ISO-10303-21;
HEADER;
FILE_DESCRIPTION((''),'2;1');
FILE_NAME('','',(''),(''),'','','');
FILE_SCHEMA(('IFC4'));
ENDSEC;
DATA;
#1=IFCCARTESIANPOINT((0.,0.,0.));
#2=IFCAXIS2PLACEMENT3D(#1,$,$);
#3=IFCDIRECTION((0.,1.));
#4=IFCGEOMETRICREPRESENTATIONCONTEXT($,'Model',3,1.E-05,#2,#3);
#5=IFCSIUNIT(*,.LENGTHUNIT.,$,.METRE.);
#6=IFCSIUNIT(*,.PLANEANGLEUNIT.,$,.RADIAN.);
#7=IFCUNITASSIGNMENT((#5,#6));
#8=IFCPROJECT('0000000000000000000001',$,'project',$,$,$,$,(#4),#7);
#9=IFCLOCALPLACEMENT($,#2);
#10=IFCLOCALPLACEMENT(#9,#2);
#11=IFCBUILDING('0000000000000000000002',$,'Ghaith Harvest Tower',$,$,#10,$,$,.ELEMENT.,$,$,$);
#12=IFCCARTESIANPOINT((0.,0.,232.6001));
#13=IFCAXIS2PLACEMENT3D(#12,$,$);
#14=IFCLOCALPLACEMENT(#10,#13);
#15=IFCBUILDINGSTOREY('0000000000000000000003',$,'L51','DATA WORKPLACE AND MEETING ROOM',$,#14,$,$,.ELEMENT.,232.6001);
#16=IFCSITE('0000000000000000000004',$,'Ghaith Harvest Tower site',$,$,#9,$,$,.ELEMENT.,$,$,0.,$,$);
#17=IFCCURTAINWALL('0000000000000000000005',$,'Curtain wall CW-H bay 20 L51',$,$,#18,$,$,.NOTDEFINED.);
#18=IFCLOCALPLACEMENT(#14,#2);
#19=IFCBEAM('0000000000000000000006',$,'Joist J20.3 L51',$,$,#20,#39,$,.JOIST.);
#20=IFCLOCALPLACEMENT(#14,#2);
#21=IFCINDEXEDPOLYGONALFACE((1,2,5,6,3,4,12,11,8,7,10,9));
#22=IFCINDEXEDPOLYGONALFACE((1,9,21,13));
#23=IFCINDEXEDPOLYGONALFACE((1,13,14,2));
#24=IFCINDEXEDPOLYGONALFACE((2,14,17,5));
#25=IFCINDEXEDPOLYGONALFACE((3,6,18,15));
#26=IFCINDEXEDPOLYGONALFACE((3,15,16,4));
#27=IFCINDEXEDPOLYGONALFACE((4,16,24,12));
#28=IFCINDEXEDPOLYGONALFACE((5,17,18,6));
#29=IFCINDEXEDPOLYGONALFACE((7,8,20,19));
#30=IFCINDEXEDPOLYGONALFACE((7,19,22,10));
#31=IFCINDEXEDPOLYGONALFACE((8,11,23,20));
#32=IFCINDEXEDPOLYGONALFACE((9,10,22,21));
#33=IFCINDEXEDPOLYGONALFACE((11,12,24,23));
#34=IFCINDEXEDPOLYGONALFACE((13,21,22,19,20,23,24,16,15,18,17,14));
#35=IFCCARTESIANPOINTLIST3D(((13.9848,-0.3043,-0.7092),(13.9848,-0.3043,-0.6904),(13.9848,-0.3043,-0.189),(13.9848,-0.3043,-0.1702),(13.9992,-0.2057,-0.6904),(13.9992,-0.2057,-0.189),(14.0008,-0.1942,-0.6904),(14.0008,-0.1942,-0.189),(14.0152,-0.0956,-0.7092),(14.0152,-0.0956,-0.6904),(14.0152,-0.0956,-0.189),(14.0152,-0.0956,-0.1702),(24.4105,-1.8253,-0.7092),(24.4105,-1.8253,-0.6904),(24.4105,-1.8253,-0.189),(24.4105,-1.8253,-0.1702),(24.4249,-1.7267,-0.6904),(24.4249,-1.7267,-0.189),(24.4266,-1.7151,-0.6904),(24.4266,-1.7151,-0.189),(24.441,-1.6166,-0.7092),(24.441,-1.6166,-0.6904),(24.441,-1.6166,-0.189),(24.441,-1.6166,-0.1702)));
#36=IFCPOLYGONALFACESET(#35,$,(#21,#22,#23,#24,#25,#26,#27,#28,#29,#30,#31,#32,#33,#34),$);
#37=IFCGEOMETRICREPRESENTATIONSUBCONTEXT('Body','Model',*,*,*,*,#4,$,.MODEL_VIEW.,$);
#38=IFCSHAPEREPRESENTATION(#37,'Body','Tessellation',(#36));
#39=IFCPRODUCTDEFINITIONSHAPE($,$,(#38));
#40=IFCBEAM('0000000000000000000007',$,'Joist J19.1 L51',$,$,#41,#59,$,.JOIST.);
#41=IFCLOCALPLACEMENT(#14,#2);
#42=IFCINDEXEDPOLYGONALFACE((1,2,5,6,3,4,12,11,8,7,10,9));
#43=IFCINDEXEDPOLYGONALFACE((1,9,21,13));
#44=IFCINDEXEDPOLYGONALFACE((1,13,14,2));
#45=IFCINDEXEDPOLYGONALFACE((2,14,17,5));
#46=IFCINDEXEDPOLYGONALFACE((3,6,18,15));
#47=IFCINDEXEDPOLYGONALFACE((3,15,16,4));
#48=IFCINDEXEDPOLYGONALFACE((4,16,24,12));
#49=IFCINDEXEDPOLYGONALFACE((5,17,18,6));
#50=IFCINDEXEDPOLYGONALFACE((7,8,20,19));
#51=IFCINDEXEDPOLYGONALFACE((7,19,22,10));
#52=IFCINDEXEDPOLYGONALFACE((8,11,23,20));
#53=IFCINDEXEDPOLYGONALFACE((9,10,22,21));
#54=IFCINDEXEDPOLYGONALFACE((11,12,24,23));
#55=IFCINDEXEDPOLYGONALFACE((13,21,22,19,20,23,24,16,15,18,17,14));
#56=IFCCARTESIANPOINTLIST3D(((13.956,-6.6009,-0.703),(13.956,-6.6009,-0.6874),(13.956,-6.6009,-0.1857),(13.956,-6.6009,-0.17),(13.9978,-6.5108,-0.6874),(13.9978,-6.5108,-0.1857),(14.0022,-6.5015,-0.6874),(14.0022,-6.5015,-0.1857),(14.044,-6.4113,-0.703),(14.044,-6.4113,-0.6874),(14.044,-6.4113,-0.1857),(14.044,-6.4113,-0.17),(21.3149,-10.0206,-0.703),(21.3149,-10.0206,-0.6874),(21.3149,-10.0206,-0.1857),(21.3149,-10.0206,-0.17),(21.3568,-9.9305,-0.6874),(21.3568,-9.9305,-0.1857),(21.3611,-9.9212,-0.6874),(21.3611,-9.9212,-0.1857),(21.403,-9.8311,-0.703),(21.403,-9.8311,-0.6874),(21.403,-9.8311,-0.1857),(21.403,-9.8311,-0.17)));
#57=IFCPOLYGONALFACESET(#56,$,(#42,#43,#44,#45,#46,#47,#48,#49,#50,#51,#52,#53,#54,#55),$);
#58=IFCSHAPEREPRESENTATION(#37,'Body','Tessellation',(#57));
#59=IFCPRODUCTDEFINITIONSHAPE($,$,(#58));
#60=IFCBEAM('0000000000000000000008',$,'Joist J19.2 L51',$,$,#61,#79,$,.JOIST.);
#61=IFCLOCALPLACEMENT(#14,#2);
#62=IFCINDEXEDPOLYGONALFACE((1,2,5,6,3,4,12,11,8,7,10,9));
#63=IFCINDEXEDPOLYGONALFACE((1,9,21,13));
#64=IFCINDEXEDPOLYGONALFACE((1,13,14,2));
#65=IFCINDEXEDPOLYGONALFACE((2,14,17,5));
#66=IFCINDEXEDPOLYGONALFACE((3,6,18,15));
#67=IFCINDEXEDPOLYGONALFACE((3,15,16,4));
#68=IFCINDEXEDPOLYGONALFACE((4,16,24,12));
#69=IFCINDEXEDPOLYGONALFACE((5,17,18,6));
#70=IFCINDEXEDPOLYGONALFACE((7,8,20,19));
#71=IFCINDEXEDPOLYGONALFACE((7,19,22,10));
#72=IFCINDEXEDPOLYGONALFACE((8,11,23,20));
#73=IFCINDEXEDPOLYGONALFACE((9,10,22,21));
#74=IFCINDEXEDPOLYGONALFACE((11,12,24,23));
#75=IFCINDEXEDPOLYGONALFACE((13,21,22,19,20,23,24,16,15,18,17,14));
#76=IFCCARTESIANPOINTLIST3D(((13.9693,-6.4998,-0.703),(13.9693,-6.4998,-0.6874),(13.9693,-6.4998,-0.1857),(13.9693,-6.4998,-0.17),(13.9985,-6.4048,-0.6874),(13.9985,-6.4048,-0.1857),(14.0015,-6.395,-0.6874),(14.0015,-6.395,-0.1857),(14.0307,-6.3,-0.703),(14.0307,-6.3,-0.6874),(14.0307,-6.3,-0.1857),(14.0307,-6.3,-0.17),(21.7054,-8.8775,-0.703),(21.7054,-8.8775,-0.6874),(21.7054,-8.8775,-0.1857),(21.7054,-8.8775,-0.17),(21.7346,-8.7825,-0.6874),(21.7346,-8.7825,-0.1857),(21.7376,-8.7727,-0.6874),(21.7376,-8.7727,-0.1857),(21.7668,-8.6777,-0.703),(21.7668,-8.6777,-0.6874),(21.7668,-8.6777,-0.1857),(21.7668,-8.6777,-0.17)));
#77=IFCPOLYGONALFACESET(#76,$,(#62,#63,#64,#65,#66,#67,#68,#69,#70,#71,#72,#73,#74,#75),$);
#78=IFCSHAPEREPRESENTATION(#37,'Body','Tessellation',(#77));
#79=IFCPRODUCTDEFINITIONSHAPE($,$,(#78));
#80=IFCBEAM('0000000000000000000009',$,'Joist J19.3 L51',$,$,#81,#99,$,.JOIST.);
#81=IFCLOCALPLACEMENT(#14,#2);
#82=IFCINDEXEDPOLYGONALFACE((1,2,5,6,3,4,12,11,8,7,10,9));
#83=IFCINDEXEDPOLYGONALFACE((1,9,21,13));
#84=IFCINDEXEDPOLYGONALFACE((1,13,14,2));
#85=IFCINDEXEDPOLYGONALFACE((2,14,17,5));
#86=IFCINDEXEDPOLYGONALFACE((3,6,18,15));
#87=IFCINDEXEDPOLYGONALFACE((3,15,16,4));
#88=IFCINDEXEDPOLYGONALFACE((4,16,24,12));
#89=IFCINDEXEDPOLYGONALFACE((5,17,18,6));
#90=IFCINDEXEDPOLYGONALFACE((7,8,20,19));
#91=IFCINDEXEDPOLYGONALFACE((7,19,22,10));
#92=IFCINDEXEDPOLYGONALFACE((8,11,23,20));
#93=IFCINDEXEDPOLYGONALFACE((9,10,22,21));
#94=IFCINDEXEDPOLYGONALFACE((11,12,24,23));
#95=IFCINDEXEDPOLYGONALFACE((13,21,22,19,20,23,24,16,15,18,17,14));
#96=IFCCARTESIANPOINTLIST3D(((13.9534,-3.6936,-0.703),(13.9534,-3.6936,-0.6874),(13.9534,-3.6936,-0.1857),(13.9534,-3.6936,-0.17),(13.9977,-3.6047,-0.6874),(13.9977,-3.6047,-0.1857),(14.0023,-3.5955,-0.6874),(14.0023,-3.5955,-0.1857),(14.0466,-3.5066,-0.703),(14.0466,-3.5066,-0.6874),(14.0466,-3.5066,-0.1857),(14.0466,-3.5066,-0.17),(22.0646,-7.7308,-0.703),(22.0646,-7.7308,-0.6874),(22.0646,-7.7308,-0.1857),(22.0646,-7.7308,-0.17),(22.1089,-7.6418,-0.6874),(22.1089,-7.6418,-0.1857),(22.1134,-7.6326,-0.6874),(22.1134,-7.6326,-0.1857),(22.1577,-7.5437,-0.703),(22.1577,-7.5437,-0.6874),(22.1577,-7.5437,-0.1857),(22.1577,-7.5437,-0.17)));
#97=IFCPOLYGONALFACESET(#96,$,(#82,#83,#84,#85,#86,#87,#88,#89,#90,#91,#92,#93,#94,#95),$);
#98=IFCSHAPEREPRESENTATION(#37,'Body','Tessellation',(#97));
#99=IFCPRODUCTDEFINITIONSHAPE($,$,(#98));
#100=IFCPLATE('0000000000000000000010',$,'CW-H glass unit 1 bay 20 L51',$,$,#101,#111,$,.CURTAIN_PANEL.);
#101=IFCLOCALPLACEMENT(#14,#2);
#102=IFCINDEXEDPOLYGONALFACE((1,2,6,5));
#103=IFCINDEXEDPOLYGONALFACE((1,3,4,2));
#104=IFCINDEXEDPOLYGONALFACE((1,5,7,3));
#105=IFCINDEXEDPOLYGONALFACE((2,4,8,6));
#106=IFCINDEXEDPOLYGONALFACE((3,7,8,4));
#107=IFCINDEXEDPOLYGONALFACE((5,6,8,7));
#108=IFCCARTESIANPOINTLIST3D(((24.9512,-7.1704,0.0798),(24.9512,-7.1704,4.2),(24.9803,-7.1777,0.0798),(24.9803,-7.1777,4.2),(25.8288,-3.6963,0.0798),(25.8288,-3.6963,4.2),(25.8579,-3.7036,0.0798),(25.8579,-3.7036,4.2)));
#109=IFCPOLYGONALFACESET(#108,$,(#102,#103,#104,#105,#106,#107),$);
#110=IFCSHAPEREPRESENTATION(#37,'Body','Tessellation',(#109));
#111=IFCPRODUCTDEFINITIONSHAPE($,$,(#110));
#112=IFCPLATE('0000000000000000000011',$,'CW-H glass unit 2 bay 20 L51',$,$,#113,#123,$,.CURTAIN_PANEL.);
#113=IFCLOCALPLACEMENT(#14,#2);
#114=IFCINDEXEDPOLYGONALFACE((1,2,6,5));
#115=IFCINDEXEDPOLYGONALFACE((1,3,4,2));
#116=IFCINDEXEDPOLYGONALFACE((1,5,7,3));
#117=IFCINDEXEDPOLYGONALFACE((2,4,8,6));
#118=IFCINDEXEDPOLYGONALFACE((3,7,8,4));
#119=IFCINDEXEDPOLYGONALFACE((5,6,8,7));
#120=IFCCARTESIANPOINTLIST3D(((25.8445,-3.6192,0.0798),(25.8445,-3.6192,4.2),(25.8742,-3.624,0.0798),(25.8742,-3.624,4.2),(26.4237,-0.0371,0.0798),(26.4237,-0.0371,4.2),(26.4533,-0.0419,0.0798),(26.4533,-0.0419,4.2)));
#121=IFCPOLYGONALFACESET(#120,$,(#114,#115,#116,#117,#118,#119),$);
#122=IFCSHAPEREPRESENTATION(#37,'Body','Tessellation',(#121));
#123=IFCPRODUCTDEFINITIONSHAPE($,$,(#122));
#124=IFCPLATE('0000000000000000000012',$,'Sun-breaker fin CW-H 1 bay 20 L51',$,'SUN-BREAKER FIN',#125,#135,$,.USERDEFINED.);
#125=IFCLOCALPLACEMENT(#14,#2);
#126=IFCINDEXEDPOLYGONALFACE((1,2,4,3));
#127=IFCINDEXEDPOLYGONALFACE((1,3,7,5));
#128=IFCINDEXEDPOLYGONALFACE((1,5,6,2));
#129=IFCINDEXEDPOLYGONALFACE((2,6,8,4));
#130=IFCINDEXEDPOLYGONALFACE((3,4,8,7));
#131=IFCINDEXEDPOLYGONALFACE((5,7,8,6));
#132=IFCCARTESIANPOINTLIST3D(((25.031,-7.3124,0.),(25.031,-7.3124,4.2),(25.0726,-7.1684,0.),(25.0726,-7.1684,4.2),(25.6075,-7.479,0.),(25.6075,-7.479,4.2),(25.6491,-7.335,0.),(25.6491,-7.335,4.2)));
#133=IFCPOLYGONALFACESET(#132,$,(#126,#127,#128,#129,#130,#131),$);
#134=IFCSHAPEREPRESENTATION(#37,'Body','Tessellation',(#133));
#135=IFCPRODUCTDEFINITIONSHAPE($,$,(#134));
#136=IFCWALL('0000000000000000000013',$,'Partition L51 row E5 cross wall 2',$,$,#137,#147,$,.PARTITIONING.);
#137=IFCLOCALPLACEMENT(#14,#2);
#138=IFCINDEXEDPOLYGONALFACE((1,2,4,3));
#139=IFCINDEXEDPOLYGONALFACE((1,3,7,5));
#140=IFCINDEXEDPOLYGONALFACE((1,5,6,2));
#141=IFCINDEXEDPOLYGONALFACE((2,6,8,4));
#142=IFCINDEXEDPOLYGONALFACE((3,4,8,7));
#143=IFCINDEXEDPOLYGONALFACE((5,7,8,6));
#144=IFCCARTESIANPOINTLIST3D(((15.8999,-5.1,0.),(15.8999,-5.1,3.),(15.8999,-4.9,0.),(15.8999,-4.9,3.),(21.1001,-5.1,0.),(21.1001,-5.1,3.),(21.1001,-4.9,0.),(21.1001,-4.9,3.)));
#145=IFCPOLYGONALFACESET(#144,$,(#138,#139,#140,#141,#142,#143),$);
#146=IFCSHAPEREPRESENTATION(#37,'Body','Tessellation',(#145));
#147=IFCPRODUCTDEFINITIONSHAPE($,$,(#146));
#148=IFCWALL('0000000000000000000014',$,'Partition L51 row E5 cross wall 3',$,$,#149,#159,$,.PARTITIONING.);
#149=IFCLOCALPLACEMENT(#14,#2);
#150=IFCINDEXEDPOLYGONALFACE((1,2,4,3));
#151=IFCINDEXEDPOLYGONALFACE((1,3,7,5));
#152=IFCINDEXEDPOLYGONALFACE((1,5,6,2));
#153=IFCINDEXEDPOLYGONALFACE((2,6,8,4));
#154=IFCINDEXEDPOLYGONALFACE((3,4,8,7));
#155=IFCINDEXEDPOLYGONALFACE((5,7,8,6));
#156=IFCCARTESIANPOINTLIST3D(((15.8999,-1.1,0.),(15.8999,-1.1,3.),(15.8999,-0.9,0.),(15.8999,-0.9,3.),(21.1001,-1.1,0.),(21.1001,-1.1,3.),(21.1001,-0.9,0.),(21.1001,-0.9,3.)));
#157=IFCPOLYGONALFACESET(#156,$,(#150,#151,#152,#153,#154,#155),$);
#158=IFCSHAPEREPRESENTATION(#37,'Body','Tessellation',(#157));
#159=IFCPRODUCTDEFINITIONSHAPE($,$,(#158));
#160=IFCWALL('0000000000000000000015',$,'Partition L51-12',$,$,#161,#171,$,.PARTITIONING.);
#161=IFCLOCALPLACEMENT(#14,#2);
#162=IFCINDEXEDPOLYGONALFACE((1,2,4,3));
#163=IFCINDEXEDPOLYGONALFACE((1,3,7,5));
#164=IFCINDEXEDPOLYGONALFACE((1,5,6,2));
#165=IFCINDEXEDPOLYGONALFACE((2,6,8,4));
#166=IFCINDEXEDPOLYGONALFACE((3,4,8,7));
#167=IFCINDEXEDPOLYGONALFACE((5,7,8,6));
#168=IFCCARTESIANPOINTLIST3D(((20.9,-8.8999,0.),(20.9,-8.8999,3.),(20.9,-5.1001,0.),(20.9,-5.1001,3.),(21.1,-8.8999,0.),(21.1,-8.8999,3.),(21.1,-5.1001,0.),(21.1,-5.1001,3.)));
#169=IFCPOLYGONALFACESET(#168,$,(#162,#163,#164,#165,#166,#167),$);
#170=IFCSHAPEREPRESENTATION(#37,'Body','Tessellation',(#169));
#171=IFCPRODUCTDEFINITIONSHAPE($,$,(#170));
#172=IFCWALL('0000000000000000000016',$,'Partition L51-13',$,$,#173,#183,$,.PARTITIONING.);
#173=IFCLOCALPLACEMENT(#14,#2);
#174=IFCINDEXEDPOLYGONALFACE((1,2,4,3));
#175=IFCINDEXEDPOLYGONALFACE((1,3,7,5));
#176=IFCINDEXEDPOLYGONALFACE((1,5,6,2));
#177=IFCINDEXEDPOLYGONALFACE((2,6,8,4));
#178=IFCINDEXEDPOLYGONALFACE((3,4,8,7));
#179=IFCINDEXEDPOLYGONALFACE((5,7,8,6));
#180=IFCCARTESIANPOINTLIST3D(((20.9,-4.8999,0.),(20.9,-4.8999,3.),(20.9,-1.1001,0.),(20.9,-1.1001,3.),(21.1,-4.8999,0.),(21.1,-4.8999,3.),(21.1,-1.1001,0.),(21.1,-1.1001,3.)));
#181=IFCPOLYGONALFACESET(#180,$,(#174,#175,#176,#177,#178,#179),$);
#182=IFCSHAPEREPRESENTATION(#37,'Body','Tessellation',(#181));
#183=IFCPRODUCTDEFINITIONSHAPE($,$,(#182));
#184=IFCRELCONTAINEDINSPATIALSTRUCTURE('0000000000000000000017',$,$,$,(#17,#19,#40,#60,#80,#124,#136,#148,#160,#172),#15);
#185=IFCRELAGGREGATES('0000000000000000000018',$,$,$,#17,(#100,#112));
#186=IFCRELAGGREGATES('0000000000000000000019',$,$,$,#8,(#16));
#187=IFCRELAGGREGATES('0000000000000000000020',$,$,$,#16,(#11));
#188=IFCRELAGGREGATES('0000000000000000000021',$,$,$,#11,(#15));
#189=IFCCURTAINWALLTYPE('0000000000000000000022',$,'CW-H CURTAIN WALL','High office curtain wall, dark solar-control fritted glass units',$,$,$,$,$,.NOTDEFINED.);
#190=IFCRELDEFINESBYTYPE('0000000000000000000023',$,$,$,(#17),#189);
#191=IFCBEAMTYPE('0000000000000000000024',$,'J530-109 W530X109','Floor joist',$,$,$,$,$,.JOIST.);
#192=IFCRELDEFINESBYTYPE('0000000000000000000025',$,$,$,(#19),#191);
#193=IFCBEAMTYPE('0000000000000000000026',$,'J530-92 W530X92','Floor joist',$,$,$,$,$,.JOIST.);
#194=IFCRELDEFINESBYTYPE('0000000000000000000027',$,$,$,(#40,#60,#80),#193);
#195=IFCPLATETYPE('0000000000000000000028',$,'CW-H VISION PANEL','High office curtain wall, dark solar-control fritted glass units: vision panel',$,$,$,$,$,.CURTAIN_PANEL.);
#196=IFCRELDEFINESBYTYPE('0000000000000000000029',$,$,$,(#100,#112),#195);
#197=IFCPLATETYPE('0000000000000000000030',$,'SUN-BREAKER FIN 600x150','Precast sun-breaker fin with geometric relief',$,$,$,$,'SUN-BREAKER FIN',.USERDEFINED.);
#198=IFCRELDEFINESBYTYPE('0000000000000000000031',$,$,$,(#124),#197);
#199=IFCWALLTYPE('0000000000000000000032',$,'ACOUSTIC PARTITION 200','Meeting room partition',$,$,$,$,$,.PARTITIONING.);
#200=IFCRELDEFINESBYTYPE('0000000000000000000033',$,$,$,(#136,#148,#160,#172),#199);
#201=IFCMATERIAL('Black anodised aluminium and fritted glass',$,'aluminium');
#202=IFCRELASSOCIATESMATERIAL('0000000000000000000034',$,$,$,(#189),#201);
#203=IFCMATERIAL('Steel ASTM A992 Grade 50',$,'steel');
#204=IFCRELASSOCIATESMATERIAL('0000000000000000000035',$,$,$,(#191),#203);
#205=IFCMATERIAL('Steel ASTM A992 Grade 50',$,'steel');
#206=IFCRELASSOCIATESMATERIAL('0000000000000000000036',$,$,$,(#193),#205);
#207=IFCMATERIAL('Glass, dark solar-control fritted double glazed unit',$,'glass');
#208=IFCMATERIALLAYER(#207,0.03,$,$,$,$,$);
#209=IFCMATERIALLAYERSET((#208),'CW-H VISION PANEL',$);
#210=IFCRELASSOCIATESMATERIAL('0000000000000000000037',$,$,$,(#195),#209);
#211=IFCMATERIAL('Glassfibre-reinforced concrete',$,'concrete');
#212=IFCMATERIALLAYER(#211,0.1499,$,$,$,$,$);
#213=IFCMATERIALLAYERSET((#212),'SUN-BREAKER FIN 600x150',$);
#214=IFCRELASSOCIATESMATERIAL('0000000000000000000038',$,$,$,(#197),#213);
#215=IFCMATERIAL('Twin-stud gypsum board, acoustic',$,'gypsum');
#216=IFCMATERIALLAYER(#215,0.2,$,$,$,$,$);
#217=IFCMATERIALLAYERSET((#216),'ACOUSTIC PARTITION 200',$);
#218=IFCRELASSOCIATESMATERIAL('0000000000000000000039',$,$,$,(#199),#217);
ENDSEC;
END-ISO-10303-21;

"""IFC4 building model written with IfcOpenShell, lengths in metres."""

from ifc_helpers import new_model, si_unit, direction, frame, frame_2d, origin, origin_2d, place, context, subcontext, project, spatial, rectangle, i_section, extrude, material, layer, layer_set, material_profile, profile_set, type_object, element, aggregate, save


model = new_model("IFC4")

# Units and contexts
model_context = context("Model", 3, precision=1e-05, world=origin(), true_north=direction((0.0, 1.0)))
body_context = subcontext(model_context, "Body", "Model", "MODEL_VIEW")
ifc_project = project(units=[si_unit("LENGTHUNIT", "METRE"), si_unit("PLANEANGLEUNIT", "RADIAN")], contexts=[model_context])

# Site, building, storey
site_placement = place(None, origin())
site = spatial("IfcSite", under=ifc_project, at=site_placement, Name="Ghaith Harvest Tower site", CompositionType="ELEMENT", RefElevation=0.0)
building_placement = place(site_placement, origin())
building = spatial("IfcBuilding", under=site, at=building_placement, Name="Ghaith Harvest Tower", CompositionType="ELEMENT")
storey_placement = place(building_placement, frame((0.0, 0.0, 232.6001)))
storey = spatial("IfcBuildingStorey", under=building, at=storey_placement, Name="L51", Description="DATA WORKPLACE AND MEETING ROOM", CompositionType="ELEMENT", Elevation=232.6001)

# Curtain wall
ifc_material_1 = material(Name="Black anodised aluminium and fritted glass", Category="aluminium")
curtain_wall_type = type_object("IfcCurtainWallType", Name="CW-H CURTAIN WALL", Description="High office curtain wall, dark solar-control fritted glass units", PredefinedType="NOTDEFINED", material=ifc_material_1)
curtain_wall_placement = place(storey_placement, origin())
curtain_wall = element("IfcCurtainWall", 1, at=curtain_wall_placement, inside=storey, type_object=curtain_wall_type, Name="Curtain wall CW-H bay 20 L51", PredefinedType="NOTDEFINED")

# Beams
ifc_material_2 = material(Name="Steel ASTM A992 Grade 50", Category="steel")
ifc_material_profile_1 = material_profile(ifc_material_2, i_section(OverallWidth=0.2109, OverallDepth=0.5391, WebThickness=0.0117, FlangeThickness=0.0188, at=origin_2d()), Name="W530X109")
ifc_profile_set_1 = profile_set([ifc_material_profile_1], Name="Steel ASTM A992 Grade 50")
beam_type_1 = type_object("IfcBeamType", Name="J530-109 W530X109", Description="Floor joist", PredefinedType="JOIST", material=ifc_profile_set_1)
beam_1_placement = place(storey_placement, frame((14.0, -0.2, -0.4397), z_axis=(0.989525, -0.14436, 0.0), x_axis=(0.14436, 0.989525, 0.0)))
element("IfcBeam", 2, at=beam_1_placement, inside=storey, type_object=beam_type_1, Name="Joist J20.3 L51", PredefinedType="JOIST", context=body_context, shape_type="SweptSolid", body=[
    extrude(i_section(OverallWidth=0.2109, OverallDepth=0.5391, WebThickness=0.0117, FlangeThickness=0.0188, at=origin_2d()), origin(), (0.0, 0.0, 1.0), 10.5361),
])
ifc_material_3 = material(Name="Steel ASTM A992 Grade 50", Category="steel")
ifc_material_profile_2 = material_profile(ifc_material_3, i_section(OverallWidth=0.209, OverallDepth=0.533, WebThickness=0.0103, FlangeThickness=0.0156, at=origin_2d()), Name="W530X92")
ifc_profile_set_2 = profile_set([ifc_material_profile_2], Name="Steel ASTM A992 Grade 50")
beam_type_2 = type_object("IfcBeamType", Name="J530-92 W530X92", Description="Floor joist", PredefinedType="JOIST", material=ifc_profile_set_2)
beam_2_placement = place(storey_placement, frame((14.0, -6.5061, -0.4365), z_axis=(0.906865, -0.421421, 0.0), x_axis=(0.421421, 0.906865, 0.0)))
element("IfcBeam", 3, at=beam_2_placement, inside=storey, type_object=beam_type_2, Name="Joist J19.1 L51", PredefinedType="JOIST", context=body_context, shape_type="SweptSolid", body=[
    extrude(i_section(OverallWidth=0.209, OverallDepth=0.533, WebThickness=0.0103, FlangeThickness=0.0156, at=origin_2d()), origin(), (0.0, 0.0, 1.0), 8.1147),
])
beam_3_placement = place(storey_placement, frame((14.0, -6.3999, -0.4365), z_axis=(0.955871, -0.293787, 0.0), x_axis=(0.293787, 0.955871, 0.0)))
element("IfcBeam", 4, at=beam_3_placement, inside=storey, type_object=beam_type_2, Name="Joist J19.2 L51", PredefinedType="JOIST", context=body_context, shape_type="SweptSolid", body=[
    extrude(i_section(OverallWidth=0.209, OverallDepth=0.533, WebThickness=0.0103, FlangeThickness=0.0156, at=origin_2d()), origin(), (0.0, 0.0, 1.0), 8.0933),
])
beam_4_placement = place(storey_placement, frame((14.0, -3.6001, -0.4365), z_axis=(0.895239, -0.445585, 0.0), x_axis=(0.445585, 0.895239, 0.0)))
element("IfcBeam", 5, at=beam_4_placement, inside=storey, type_object=beam_type_2, Name="Joist J19.3 L51", PredefinedType="JOIST", context=body_context, shape_type="SweptSolid", body=[
    extrude(i_section(OverallWidth=0.209, OverallDepth=0.533, WebThickness=0.0103, FlangeThickness=0.0156, at=origin_2d()), origin(), (0.0, 0.0, 1.0), 9.0603),
])

# Plates
ifc_material_4 = material(Name="Glass, dark solar-control fritted double glazed unit", Category="glass")
ifc_layer_1 = layer(ifc_material_4, 0.03)
ifc_layer_set_1 = layer_set([ifc_layer_1], Name="CW-H VISION PANEL")
plate_type_1 = type_object("IfcPlateType", Name="CW-H VISION PANEL", Description="High office curtain wall, dark solar-control fritted glass units: vision panel", PredefinedType="CURTAIN_PANEL", material=ifc_layer_set_1)
plate_1_placement = place(storey_placement, frame((25.4045, -5.437, 0.0798), z_axis=(0.0, 0.0, 1.0), x_axis=(0.244926, 0.969542, 0.0)))
plate_1 = element("IfcPlate", 6, at=plate_1_placement, type_object=plate_type_1, Name="CW-H glass unit 1 bay 20 L51", PredefinedType="CURTAIN_PANEL", context=body_context, shape_type="SweptSolid", body=[
    extrude(rectangle(XDim=3.5833, YDim=0.03, at=origin_2d()), origin(), (0.0, 0.0, 1.0), 4.1201),
])
plate_2_placement = place(storey_placement, frame((26.1489, -1.8306, 0.0798), z_axis=(0.0, 0.0, 1.0), x_axis=(0.159601, 0.987182, 0.0)))
plate_2 = element("IfcPlate", 7, at=plate_2_placement, type_object=plate_type_1, Name="CW-H glass unit 2 bay 20 L51", PredefinedType="CURTAIN_PANEL", context=body_context, shape_type="SweptSolid", body=[
    extrude(rectangle(XDim=3.6287, YDim=0.03, at=origin_2d()), origin(), (0.0, 0.0, 1.0), 4.1201),
])
aggregate(curtain_wall, [plate_1, plate_2])
ifc_material_5 = material(Name="Glassfibre-reinforced concrete", Category="concrete")
ifc_layer_2 = layer(ifc_material_5, 0.1499)
ifc_layer_set_2 = layer_set([ifc_layer_2], Name="SUN-BREAKER FIN 600x150")
plate_type_2 = type_object("IfcPlateType", Name="SUN-BREAKER FIN 600x150", Description="Precast sun-breaker fin with geometric relief", ElementType="SUN-BREAKER FIN", PredefinedType="USERDEFINED", material=ifc_layer_set_2)
plate_3_placement = place(storey_placement, frame((25.3401, -7.3237, 0.0), z_axis=(0.0, 0.0, 1.0), x_axis=(0.96068, -0.277657, 0.0)))
element("IfcPlate", 8, at=plate_3_placement, inside=storey, type_object=plate_type_2, Name="Sun-breaker fin CW-H 1 bay 20 L51", ObjectType="SUN-BREAKER FIN", PredefinedType="USERDEFINED", context=body_context, shape_type="SweptSolid", body=[
    extrude(rectangle(XDim=0.6001, YDim=0.1499, at=origin_2d()), origin(), (0.0, 0.0, 1.0), 4.2),
])

# Walls
ifc_material_6 = material(Name="Twin-stud gypsum board, acoustic", Category="gypsum")
ifc_layer_3 = layer(ifc_material_6, 0.2)
ifc_layer_set_3 = layer_set([ifc_layer_3], Name="ACOUSTIC PARTITION 200")
wall_type_1 = type_object("IfcWallType", Name="ACOUSTIC PARTITION 200", Description="Meeting room partition", PredefinedType="PARTITIONING", material=ifc_layer_set_3)
for number, where, z_axis, x_axis, name in (
    (9, (15.8999, -5.0, 0.0), (0.0, 0.0, 1.0), (1.0, 0.0, 0.0), "Partition L51 row E5 cross wall 2"),
    (10, (15.8999, -1.0, 0.0), (0.0, 0.0, 1.0), (1.0, 0.0, 0.0), "Partition L51 row E5 cross wall 3"),
):
    element("IfcWall", number, at=place(storey_placement, frame(where, z_axis=z_axis, x_axis=x_axis)), inside=storey, type_object=wall_type_1, Name=name, PredefinedType="PARTITIONING", context=body_context, shape_type="SweptSolid", body=[
        extrude(rectangle(XDim=5.2002, YDim=0.2, at=frame_2d((2.6001, 0.0))), origin(), (0.0, 0.0, 1.0), 3.0),
    ])

# Wall
wall_1_placement = place(storey_placement, frame((21.0, -8.8999, 0.0), z_axis=(0.0, 0.0, 1.0), x_axis=(0.0, 1.0, 0.0)))
element("IfcWall", 11, at=wall_1_placement, inside=storey, type_object=wall_type_1, Name="Partition L51-12", PredefinedType="PARTITIONING", context=body_context, shape_type="SweptSolid", body=[
    extrude(rectangle(XDim=3.7998, YDim=0.2, at=frame_2d((1.8999, 0.0))), origin(), (0.0, 0.0, 1.0), 3.0),
])

# Wall
wall_2_placement = place(storey_placement, frame((21.0, -4.8999, 0.0), z_axis=(0.0, 0.0, 1.0), x_axis=(0.0, 1.0, 0.0)))
element("IfcWall", 12, at=wall_2_placement, inside=storey, type_object=wall_type_1, Name="Partition L51-13", PredefinedType="PARTITIONING", context=body_context, shape_type="SweptSolid", body=[
    extrude(rectangle(XDim=3.7998, YDim=0.2, at=frame_2d((1.8999, 0.0))), origin(), (0.0, 0.0, 1.0), 3.0),
])

save(model, "model.ifc")
